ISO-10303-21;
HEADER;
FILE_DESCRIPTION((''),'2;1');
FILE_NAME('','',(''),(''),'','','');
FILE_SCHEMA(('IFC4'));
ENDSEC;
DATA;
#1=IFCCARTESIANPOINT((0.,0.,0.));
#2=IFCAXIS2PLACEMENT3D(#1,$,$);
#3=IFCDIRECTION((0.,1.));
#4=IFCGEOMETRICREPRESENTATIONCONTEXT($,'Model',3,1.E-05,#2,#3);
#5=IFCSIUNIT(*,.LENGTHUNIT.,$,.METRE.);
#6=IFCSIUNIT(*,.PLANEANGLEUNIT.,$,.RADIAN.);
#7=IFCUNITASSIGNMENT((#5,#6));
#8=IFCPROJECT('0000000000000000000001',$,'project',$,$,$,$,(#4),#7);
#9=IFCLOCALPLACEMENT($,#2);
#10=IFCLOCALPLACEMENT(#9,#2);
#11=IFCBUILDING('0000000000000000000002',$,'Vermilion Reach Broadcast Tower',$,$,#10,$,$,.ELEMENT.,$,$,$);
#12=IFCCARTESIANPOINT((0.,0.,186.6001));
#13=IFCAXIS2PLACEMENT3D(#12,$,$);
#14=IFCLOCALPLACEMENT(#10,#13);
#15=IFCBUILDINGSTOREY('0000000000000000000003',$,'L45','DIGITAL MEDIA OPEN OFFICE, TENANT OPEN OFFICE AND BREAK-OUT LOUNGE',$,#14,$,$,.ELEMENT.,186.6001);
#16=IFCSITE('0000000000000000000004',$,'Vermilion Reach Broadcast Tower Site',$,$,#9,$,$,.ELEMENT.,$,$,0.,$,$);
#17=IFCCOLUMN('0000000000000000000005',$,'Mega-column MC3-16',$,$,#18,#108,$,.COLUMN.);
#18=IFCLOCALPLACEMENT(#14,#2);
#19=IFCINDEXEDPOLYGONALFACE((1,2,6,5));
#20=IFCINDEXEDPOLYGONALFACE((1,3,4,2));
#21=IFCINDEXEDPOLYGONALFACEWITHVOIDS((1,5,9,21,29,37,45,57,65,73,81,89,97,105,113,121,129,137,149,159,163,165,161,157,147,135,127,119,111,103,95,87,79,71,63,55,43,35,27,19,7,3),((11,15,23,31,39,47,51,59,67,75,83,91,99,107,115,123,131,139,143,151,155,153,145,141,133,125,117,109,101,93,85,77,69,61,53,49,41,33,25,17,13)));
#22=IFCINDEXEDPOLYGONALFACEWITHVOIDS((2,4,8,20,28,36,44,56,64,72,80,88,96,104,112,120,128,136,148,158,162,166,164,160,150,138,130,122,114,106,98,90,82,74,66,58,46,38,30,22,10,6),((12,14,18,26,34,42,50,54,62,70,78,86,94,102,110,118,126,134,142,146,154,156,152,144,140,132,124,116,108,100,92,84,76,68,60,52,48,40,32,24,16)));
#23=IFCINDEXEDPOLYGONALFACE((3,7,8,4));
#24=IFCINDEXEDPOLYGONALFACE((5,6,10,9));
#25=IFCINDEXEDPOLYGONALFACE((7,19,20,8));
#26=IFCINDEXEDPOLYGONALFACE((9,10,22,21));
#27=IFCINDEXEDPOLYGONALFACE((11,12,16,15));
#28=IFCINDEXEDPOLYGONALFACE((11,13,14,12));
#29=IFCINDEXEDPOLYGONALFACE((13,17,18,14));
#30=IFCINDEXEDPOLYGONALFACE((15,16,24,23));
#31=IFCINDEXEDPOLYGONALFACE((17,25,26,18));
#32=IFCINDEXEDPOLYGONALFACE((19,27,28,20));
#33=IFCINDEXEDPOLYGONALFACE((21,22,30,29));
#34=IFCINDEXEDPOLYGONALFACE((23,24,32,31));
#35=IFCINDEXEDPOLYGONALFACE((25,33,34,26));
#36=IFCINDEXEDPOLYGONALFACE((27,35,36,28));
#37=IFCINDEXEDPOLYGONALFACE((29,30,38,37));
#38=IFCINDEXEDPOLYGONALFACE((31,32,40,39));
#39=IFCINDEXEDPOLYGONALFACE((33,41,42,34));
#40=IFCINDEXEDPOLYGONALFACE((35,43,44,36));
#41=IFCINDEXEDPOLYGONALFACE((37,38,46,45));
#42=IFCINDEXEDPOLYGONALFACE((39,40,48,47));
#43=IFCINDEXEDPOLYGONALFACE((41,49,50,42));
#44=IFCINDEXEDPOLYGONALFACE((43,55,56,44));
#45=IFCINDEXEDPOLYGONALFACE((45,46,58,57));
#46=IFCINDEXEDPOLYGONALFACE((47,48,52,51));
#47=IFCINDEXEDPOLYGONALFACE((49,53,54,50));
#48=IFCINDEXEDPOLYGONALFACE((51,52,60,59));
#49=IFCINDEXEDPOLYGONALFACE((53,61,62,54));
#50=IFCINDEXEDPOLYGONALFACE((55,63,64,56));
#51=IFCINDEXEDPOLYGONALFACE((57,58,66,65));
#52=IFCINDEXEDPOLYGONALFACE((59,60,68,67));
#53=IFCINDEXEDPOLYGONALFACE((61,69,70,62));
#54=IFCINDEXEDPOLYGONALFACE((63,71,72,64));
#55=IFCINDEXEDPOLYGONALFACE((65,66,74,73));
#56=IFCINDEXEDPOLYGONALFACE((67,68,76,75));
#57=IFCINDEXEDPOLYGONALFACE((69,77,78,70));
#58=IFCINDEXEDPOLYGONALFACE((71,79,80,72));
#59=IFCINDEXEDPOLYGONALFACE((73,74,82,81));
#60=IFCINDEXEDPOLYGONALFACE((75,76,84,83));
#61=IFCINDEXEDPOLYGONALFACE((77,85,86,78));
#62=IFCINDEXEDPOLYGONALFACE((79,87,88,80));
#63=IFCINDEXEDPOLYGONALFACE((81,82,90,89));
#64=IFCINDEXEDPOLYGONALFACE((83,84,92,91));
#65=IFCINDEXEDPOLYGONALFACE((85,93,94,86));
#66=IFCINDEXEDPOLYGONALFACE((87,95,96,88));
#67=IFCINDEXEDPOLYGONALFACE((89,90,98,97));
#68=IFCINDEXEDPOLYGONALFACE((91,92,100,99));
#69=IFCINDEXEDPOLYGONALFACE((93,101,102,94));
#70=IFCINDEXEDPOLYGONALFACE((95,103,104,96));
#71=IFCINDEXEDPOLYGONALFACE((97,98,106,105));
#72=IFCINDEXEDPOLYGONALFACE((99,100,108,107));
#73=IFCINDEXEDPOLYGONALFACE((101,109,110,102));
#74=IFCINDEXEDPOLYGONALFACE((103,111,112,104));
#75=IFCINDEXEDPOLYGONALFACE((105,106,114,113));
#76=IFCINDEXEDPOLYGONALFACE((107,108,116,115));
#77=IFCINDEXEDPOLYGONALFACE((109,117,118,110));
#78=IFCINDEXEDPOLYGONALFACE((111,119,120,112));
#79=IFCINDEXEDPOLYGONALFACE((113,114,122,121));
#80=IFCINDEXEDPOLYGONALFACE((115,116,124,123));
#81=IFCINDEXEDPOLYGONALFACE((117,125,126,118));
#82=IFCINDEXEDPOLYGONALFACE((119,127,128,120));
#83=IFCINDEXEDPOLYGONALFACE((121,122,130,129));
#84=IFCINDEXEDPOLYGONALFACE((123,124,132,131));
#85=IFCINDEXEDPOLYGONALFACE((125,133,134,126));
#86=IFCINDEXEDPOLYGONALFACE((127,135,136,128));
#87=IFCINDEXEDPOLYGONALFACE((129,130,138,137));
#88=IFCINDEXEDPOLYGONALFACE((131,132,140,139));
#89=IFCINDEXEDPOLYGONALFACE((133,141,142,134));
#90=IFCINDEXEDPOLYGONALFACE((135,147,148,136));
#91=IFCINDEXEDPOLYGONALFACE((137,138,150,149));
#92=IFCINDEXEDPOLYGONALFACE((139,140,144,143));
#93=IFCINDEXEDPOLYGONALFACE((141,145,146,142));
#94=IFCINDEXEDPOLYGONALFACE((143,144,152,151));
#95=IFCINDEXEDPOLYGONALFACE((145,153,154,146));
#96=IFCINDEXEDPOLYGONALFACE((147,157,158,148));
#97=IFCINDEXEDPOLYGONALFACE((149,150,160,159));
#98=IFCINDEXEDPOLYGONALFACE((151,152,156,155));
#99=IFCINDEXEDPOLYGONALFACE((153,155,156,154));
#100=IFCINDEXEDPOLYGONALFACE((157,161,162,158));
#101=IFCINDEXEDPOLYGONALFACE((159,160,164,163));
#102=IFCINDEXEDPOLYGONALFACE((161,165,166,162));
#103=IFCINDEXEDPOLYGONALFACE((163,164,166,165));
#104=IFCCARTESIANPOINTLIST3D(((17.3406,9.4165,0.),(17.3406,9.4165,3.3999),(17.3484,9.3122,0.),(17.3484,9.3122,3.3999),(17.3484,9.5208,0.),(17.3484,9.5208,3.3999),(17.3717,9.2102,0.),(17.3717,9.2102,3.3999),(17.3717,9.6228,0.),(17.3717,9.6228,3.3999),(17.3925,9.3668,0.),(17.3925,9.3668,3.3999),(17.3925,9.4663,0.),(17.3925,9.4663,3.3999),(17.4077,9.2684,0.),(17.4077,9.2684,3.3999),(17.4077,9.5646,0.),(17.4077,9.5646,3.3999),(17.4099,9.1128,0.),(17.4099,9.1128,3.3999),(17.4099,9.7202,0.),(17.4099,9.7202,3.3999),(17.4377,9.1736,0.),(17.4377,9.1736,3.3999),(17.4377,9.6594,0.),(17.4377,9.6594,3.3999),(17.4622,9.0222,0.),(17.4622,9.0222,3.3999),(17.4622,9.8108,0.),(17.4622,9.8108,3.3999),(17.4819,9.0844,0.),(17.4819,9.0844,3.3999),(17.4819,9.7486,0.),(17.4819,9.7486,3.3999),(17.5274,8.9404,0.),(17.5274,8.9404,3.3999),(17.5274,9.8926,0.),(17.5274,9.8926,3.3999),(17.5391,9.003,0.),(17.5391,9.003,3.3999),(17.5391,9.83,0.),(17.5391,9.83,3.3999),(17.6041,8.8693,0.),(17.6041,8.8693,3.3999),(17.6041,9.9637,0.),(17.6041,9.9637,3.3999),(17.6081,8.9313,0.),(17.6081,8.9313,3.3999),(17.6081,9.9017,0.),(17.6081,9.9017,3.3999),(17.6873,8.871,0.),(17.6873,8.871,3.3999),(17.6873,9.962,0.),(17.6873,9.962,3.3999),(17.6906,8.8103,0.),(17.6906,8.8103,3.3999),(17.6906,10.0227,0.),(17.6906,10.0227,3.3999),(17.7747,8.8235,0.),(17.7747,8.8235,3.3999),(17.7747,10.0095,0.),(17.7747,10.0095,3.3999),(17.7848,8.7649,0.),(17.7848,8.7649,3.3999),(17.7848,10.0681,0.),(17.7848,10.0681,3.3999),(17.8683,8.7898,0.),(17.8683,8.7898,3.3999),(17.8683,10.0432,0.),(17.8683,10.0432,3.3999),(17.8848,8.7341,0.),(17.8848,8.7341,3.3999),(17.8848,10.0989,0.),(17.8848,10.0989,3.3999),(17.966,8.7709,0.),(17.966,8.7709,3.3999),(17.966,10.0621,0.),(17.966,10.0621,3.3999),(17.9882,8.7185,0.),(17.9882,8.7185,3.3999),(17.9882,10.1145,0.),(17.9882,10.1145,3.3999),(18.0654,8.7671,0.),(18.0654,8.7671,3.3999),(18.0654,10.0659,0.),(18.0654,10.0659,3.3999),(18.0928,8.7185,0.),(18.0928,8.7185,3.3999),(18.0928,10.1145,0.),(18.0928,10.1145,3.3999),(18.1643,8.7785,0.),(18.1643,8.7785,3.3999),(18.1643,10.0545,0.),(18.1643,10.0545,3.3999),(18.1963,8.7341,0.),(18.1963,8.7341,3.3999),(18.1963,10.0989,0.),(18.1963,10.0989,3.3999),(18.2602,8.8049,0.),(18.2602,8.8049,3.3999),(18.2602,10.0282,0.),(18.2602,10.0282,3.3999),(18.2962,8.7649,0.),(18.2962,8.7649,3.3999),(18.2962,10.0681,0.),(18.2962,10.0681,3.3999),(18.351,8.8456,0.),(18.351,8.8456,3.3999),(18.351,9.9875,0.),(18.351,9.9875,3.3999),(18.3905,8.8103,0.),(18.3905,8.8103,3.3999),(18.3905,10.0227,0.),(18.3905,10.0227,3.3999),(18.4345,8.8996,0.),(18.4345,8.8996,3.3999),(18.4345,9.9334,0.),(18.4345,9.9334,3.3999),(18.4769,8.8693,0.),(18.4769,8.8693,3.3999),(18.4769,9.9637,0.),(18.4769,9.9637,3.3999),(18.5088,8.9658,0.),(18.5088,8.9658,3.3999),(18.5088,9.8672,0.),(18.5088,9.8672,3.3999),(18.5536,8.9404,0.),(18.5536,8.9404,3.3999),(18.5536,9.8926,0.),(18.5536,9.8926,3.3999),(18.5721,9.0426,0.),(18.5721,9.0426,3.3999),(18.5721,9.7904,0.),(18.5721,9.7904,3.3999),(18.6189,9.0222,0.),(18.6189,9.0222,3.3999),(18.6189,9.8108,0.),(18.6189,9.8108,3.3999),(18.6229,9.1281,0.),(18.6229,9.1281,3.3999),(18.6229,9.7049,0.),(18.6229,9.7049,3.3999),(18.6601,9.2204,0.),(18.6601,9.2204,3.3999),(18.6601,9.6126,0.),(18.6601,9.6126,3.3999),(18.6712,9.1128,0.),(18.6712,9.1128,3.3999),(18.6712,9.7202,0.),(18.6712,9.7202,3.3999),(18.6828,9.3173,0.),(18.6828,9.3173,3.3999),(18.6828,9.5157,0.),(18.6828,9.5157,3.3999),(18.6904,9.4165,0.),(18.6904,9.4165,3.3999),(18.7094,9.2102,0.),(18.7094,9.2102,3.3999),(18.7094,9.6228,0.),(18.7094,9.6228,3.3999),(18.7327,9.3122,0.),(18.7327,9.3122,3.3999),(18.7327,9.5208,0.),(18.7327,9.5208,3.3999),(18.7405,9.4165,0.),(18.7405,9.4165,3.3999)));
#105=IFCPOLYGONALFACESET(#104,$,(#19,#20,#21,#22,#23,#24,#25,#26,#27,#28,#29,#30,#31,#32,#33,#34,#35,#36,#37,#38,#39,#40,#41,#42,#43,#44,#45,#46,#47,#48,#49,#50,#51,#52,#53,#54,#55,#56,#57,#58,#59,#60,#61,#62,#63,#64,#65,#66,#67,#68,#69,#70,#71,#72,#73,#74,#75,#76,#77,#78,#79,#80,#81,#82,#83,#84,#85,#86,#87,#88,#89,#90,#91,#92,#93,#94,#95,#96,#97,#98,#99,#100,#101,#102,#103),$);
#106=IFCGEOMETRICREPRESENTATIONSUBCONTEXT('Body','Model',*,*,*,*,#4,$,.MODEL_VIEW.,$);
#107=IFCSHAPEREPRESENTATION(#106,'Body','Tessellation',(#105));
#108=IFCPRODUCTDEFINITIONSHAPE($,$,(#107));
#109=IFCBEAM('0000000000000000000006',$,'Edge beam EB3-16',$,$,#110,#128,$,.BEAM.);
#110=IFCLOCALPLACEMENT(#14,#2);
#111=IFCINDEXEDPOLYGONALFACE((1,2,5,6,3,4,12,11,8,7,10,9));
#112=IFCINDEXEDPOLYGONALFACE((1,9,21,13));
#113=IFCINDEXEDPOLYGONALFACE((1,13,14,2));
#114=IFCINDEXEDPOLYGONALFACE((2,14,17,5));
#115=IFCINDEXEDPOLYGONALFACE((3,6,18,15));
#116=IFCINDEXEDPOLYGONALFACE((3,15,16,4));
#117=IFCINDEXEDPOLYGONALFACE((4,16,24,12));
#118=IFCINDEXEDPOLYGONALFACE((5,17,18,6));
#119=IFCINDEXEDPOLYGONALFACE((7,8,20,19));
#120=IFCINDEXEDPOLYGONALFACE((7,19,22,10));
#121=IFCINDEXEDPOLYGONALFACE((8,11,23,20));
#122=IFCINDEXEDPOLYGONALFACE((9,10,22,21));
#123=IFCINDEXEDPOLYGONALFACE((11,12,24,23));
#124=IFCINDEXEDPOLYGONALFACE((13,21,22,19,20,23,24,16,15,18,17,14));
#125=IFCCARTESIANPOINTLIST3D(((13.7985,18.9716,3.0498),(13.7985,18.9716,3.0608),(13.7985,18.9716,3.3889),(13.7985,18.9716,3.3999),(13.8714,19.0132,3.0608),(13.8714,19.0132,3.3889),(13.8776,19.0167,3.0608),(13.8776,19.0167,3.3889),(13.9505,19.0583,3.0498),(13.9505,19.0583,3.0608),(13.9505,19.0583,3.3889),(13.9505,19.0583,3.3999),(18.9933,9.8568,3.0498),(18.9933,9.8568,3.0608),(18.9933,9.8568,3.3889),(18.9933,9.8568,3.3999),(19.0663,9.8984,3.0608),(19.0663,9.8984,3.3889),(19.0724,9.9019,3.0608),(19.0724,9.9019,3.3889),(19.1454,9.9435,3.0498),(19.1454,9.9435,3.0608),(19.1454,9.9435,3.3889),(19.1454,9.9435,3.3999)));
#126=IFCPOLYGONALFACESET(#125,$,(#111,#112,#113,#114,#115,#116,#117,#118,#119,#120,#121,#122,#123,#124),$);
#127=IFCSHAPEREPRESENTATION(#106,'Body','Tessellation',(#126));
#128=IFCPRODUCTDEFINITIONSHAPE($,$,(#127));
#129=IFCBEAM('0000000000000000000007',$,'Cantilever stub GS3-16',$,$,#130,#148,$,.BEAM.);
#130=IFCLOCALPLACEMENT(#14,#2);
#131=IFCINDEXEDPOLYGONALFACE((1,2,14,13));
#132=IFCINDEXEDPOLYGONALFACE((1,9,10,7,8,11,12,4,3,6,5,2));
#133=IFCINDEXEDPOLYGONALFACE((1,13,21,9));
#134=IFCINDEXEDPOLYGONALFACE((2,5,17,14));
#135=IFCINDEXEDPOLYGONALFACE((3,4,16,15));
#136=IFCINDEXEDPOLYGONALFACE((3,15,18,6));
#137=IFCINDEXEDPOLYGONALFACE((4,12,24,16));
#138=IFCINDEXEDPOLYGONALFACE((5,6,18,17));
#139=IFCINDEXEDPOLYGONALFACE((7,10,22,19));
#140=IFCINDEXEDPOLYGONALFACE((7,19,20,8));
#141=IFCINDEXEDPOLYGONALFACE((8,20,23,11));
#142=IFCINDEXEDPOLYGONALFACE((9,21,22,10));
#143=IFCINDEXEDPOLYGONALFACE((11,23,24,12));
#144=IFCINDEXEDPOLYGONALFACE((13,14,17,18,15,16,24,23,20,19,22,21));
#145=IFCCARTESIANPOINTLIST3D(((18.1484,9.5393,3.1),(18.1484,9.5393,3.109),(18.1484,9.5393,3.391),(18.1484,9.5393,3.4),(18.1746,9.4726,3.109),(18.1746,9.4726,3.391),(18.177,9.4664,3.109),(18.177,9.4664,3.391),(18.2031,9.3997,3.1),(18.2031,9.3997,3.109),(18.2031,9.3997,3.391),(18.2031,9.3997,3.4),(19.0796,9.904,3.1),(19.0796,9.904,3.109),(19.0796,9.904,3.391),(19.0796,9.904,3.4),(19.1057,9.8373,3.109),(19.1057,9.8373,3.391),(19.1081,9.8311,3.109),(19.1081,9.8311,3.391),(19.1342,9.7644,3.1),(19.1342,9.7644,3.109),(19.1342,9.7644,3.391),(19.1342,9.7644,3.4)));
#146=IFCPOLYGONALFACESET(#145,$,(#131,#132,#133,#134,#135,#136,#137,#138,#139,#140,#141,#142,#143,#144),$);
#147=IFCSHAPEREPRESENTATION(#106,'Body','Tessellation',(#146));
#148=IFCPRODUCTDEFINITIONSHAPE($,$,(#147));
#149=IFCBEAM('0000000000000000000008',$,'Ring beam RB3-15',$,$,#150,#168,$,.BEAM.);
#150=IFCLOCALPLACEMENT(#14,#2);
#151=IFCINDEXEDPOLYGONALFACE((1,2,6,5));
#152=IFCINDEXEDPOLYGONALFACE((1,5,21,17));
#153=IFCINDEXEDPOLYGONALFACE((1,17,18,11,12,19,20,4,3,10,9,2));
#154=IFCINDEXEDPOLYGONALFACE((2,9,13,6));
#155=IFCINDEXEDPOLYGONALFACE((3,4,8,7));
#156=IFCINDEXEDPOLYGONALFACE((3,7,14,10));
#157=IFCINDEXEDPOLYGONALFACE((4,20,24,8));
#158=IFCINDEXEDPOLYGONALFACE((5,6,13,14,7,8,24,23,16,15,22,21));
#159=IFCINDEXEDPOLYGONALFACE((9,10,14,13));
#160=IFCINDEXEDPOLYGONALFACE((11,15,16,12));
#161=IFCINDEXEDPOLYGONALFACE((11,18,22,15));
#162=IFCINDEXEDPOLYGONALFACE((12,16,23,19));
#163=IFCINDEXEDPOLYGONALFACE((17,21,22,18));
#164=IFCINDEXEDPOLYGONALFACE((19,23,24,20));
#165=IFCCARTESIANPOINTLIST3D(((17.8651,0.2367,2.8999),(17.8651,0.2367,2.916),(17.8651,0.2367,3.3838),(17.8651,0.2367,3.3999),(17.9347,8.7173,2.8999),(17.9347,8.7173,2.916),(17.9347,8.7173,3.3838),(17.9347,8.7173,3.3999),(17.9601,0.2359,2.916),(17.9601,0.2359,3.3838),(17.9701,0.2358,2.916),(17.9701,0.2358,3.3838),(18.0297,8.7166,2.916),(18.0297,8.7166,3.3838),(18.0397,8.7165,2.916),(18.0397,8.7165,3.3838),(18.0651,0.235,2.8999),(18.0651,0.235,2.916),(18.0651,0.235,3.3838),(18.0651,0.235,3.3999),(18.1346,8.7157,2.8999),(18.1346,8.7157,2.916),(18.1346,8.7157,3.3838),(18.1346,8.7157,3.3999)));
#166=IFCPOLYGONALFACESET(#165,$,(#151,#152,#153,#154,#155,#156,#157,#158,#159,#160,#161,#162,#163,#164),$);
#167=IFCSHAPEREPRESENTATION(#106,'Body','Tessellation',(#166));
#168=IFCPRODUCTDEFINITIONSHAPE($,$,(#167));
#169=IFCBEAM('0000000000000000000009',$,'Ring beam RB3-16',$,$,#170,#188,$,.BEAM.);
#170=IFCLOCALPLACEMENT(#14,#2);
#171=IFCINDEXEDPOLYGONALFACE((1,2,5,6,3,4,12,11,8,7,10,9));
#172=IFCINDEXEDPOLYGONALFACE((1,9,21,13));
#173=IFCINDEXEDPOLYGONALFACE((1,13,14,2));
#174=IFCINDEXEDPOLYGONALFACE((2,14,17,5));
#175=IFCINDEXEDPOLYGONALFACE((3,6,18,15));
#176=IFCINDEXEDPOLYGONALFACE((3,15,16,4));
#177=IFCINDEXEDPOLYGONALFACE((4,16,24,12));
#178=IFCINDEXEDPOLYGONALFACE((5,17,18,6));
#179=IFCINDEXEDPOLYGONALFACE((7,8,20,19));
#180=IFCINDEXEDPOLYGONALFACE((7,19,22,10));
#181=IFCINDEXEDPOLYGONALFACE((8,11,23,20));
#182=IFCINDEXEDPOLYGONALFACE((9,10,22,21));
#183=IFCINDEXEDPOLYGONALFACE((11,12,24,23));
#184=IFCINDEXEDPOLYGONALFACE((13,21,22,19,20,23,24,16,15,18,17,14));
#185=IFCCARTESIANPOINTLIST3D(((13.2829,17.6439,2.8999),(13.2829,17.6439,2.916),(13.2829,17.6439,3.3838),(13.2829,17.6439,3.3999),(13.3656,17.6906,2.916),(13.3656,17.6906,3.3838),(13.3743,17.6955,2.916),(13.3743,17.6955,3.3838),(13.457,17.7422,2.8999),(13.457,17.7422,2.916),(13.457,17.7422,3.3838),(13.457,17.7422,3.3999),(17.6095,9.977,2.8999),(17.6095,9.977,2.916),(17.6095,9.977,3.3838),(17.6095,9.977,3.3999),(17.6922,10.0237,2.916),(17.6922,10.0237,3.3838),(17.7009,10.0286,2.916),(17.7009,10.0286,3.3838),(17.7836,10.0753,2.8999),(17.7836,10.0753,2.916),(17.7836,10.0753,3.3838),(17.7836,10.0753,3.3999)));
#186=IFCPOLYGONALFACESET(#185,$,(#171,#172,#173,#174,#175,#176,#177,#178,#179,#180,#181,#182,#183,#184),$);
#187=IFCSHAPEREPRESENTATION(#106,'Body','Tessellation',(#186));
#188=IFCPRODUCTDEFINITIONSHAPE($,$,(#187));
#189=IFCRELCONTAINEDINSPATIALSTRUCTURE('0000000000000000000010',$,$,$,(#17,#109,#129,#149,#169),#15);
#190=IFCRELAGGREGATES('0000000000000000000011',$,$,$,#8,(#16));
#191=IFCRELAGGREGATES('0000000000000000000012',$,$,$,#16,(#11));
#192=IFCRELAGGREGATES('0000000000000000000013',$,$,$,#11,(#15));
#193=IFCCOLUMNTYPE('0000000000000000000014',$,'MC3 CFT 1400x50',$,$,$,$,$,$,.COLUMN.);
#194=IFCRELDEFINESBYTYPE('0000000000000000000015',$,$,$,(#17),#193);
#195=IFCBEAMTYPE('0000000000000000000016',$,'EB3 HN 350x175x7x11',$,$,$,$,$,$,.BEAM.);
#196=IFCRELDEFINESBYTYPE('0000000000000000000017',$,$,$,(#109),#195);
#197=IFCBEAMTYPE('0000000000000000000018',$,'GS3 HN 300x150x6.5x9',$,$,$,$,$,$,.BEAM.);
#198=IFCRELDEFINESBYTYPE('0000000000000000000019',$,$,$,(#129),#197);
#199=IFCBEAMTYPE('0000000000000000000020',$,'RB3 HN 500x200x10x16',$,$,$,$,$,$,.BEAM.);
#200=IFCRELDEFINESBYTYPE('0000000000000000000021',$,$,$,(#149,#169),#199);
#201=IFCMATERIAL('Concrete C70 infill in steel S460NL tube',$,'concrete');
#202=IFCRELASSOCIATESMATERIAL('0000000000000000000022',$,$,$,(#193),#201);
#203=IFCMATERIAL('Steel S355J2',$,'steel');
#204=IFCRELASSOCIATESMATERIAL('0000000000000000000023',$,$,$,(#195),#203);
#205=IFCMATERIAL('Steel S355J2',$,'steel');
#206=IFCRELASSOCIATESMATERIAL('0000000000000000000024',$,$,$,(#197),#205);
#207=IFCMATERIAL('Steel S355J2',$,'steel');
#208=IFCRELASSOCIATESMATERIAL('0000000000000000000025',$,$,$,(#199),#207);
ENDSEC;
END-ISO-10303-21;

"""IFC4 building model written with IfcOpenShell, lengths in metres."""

from ifc_helpers import new_model, si_unit, direction, frame, origin, origin_2d, place, context, subcontext, project, spatial, hollow_circle, i_section, extrude, material, material_profile, profile_set, type_object, element, save


model = new_model("IFC4")

# Units and contexts
model_context = context("Model", 3, precision=1e-05, world=origin(), true_north=direction((0.0, 1.0)))
body_context = subcontext(model_context, "Body", "Model", "MODEL_VIEW")
ifc_project = project(units=[si_unit("LENGTHUNIT", "METRE"), si_unit("PLANEANGLEUNIT", "RADIAN")], contexts=[model_context])

# Site, building, storey
site_placement = place(None, origin())
site = spatial("IfcSite", under=ifc_project, at=site_placement, Name="Vermilion Reach Broadcast Tower Site", CompositionType="ELEMENT", RefElevation=0.0)
building_placement = place(site_placement, origin())
building = spatial("IfcBuilding", under=site, at=building_placement, Name="Vermilion Reach Broadcast Tower", CompositionType="ELEMENT")
storey_placement = place(building_placement, frame((0.0, 0.0, 186.6001)))
storey = spatial("IfcBuildingStorey", under=building, at=storey_placement, Name="L45", Description="DIGITAL MEDIA OPEN OFFICE, TENANT OPEN OFFICE AND BREAK-OUT LOUNGE", CompositionType="ELEMENT", Elevation=186.6001)

# Column
ifc_material_1 = material(Name="Concrete C70 infill in steel S460NL tube", Category="concrete")
ifc_material_profile_1 = material_profile(ifc_material_1, hollow_circle(Radius=0.7, WallThickness=0.05, at=origin_2d()), Name="Concrete C70 infill in steel S460NL tube CFT 1400x50")
ifc_profile_set_1 = profile_set([ifc_material_profile_1], Name="Concrete C70 infill in steel S460NL tube")
column_type = type_object("IfcColumnType", Name="MC3 CFT 1400x50", PredefinedType="COLUMN", material=ifc_profile_set_1)
column_placement = place(storey_placement, frame((18.0405, 9.4165, 0.0), z_axis=(0.0, 0.0, 1.0), x_axis=(1.0, 0.0, 0.0)))
element("IfcColumn", 1, at=column_placement, inside=storey, type_object=column_type, Name="Mega-column MC3-16", PredefinedType="COLUMN", context=body_context, shape_type="SweptSolid", body=[
    extrude(hollow_circle(Radius=0.7, WallThickness=0.05, at=origin_2d()), origin(), (0.0, 0.0, 1.0), 3.3999),
])

# Beams
ifc_material_2 = material(Name="Steel S355J2", Category="steel")
ifc_material_profile_2 = material_profile(ifc_material_2, i_section(OverallWidth=0.175, OverallDepth=0.3501, WebThickness=0.0071, FlangeThickness=0.011, at=origin_2d()), Name="S355J2 HN 350x175x7x11")
ifc_profile_set_2 = profile_set([ifc_material_profile_2], Name="Steel S355J2")
beam_type_1 = type_object("IfcBeamType", Name="EB3 HN 350x175x7x11", PredefinedType="BEAM", material=ifc_profile_set_2)
beam_1_placement = place(storey_placement, frame((19.0693, 9.9001, 3.2249), z_axis=(-0.495161, 0.868801, 0.0), x_axis=(-0.868801, -0.495161, 0.0)))
element("IfcBeam", 2, at=beam_1_placement, inside=storey, type_object=beam_type_1, Name="Edge beam EB3-16", PredefinedType="BEAM", context=body_context, shape_type="SweptSolid", body=[
    extrude(i_section(OverallWidth=0.175, OverallDepth=0.3501, WebThickness=0.0071, FlangeThickness=0.011, at=origin_2d()), origin(), (0.0, 0.0, 1.0), 10.4912),
])
ifc_material_3 = material(Name="Steel S355J2", Category="steel")
ifc_material_profile_3 = material_profile(ifc_material_3, i_section(OverallWidth=0.1499, OverallDepth=0.3, WebThickness=0.0066, FlangeThickness=0.009, at=origin_2d()), Name="S355J2 HN 300x150x6.5x9")
ifc_profile_set_3 = profile_set([ifc_material_profile_3], Name="Steel S355J2")
beam_type_2 = type_object("IfcBeamType", Name="GS3 HN 300x150x6.5x9", PredefinedType="BEAM", material=ifc_profile_set_3)
beam_2_placement = place(storey_placement, frame((18.1758, 9.4695, 3.25), z_axis=(0.931113, 0.364731, 0.0), x_axis=(-0.364731, 0.931113, 0.0)))
element("IfcBeam", 3, at=beam_2_placement, inside=storey, type_object=beam_type_2, Name="Cantilever stub GS3-16", PredefinedType="BEAM", context=body_context, shape_type="SweptSolid", body=[
    extrude(i_section(OverallWidth=0.1499, OverallDepth=0.3, WebThickness=0.0066, FlangeThickness=0.009, at=origin_2d()), origin(), (0.0, 0.0, 1.0), 1.0),
])
ifc_material_4 = material(Name="Steel S355J2", Category="steel")
ifc_material_profile_4 = material_profile(ifc_material_4, i_section(OverallWidth=0.2, OverallDepth=0.5, WebThickness=0.01, FlangeThickness=0.0161, at=origin_2d()), Name="S355J2 HN 500x200x10x16")
ifc_profile_set_4 = profile_set([ifc_material_profile_4], Name="Steel S355J2")
beam_type_3 = type_object("IfcBeamType", Name="RB3 HN 500x200x10x16", PredefinedType="BEAM", material=ifc_profile_set_4)
beam_3_placement = place(storey_placement, frame((17.9651, 0.2358, 3.1499), z_axis=(0.008204, 0.999966, 0.0), x_axis=(-0.999966, 0.008204, 0.0)))
element("IfcBeam", 4, at=beam_3_placement, inside=storey, type_object=beam_type_3, Name="Ring beam RB3-15", PredefinedType="BEAM", context=body_context, shape_type="SweptSolid", body=[
    extrude(i_section(OverallWidth=0.2, OverallDepth=0.5, WebThickness=0.01, FlangeThickness=0.0161, at=origin_2d()), origin(), (0.0, 0.0, 1.0), 8.481),
])
beam_4_placement = place(storey_placement, frame((17.6965, 10.0261, 3.1499), z_axis=(-0.491467, 0.870896, 0.0), x_axis=(-0.870896, -0.491467, 0.0)))
element("IfcBeam", 5, at=beam_4_placement, inside=storey, type_object=beam_type_3, Name="Ring beam RB3-16", PredefinedType="BEAM", context=body_context, shape_type="SweptSolid", body=[
    extrude(i_section(OverallWidth=0.2, OverallDepth=0.5, WebThickness=0.01, FlangeThickness=0.0161, at=origin_2d()), origin(), (0.0, 0.0, 1.0), 8.8035),
])

save(model, "model.ifc")
